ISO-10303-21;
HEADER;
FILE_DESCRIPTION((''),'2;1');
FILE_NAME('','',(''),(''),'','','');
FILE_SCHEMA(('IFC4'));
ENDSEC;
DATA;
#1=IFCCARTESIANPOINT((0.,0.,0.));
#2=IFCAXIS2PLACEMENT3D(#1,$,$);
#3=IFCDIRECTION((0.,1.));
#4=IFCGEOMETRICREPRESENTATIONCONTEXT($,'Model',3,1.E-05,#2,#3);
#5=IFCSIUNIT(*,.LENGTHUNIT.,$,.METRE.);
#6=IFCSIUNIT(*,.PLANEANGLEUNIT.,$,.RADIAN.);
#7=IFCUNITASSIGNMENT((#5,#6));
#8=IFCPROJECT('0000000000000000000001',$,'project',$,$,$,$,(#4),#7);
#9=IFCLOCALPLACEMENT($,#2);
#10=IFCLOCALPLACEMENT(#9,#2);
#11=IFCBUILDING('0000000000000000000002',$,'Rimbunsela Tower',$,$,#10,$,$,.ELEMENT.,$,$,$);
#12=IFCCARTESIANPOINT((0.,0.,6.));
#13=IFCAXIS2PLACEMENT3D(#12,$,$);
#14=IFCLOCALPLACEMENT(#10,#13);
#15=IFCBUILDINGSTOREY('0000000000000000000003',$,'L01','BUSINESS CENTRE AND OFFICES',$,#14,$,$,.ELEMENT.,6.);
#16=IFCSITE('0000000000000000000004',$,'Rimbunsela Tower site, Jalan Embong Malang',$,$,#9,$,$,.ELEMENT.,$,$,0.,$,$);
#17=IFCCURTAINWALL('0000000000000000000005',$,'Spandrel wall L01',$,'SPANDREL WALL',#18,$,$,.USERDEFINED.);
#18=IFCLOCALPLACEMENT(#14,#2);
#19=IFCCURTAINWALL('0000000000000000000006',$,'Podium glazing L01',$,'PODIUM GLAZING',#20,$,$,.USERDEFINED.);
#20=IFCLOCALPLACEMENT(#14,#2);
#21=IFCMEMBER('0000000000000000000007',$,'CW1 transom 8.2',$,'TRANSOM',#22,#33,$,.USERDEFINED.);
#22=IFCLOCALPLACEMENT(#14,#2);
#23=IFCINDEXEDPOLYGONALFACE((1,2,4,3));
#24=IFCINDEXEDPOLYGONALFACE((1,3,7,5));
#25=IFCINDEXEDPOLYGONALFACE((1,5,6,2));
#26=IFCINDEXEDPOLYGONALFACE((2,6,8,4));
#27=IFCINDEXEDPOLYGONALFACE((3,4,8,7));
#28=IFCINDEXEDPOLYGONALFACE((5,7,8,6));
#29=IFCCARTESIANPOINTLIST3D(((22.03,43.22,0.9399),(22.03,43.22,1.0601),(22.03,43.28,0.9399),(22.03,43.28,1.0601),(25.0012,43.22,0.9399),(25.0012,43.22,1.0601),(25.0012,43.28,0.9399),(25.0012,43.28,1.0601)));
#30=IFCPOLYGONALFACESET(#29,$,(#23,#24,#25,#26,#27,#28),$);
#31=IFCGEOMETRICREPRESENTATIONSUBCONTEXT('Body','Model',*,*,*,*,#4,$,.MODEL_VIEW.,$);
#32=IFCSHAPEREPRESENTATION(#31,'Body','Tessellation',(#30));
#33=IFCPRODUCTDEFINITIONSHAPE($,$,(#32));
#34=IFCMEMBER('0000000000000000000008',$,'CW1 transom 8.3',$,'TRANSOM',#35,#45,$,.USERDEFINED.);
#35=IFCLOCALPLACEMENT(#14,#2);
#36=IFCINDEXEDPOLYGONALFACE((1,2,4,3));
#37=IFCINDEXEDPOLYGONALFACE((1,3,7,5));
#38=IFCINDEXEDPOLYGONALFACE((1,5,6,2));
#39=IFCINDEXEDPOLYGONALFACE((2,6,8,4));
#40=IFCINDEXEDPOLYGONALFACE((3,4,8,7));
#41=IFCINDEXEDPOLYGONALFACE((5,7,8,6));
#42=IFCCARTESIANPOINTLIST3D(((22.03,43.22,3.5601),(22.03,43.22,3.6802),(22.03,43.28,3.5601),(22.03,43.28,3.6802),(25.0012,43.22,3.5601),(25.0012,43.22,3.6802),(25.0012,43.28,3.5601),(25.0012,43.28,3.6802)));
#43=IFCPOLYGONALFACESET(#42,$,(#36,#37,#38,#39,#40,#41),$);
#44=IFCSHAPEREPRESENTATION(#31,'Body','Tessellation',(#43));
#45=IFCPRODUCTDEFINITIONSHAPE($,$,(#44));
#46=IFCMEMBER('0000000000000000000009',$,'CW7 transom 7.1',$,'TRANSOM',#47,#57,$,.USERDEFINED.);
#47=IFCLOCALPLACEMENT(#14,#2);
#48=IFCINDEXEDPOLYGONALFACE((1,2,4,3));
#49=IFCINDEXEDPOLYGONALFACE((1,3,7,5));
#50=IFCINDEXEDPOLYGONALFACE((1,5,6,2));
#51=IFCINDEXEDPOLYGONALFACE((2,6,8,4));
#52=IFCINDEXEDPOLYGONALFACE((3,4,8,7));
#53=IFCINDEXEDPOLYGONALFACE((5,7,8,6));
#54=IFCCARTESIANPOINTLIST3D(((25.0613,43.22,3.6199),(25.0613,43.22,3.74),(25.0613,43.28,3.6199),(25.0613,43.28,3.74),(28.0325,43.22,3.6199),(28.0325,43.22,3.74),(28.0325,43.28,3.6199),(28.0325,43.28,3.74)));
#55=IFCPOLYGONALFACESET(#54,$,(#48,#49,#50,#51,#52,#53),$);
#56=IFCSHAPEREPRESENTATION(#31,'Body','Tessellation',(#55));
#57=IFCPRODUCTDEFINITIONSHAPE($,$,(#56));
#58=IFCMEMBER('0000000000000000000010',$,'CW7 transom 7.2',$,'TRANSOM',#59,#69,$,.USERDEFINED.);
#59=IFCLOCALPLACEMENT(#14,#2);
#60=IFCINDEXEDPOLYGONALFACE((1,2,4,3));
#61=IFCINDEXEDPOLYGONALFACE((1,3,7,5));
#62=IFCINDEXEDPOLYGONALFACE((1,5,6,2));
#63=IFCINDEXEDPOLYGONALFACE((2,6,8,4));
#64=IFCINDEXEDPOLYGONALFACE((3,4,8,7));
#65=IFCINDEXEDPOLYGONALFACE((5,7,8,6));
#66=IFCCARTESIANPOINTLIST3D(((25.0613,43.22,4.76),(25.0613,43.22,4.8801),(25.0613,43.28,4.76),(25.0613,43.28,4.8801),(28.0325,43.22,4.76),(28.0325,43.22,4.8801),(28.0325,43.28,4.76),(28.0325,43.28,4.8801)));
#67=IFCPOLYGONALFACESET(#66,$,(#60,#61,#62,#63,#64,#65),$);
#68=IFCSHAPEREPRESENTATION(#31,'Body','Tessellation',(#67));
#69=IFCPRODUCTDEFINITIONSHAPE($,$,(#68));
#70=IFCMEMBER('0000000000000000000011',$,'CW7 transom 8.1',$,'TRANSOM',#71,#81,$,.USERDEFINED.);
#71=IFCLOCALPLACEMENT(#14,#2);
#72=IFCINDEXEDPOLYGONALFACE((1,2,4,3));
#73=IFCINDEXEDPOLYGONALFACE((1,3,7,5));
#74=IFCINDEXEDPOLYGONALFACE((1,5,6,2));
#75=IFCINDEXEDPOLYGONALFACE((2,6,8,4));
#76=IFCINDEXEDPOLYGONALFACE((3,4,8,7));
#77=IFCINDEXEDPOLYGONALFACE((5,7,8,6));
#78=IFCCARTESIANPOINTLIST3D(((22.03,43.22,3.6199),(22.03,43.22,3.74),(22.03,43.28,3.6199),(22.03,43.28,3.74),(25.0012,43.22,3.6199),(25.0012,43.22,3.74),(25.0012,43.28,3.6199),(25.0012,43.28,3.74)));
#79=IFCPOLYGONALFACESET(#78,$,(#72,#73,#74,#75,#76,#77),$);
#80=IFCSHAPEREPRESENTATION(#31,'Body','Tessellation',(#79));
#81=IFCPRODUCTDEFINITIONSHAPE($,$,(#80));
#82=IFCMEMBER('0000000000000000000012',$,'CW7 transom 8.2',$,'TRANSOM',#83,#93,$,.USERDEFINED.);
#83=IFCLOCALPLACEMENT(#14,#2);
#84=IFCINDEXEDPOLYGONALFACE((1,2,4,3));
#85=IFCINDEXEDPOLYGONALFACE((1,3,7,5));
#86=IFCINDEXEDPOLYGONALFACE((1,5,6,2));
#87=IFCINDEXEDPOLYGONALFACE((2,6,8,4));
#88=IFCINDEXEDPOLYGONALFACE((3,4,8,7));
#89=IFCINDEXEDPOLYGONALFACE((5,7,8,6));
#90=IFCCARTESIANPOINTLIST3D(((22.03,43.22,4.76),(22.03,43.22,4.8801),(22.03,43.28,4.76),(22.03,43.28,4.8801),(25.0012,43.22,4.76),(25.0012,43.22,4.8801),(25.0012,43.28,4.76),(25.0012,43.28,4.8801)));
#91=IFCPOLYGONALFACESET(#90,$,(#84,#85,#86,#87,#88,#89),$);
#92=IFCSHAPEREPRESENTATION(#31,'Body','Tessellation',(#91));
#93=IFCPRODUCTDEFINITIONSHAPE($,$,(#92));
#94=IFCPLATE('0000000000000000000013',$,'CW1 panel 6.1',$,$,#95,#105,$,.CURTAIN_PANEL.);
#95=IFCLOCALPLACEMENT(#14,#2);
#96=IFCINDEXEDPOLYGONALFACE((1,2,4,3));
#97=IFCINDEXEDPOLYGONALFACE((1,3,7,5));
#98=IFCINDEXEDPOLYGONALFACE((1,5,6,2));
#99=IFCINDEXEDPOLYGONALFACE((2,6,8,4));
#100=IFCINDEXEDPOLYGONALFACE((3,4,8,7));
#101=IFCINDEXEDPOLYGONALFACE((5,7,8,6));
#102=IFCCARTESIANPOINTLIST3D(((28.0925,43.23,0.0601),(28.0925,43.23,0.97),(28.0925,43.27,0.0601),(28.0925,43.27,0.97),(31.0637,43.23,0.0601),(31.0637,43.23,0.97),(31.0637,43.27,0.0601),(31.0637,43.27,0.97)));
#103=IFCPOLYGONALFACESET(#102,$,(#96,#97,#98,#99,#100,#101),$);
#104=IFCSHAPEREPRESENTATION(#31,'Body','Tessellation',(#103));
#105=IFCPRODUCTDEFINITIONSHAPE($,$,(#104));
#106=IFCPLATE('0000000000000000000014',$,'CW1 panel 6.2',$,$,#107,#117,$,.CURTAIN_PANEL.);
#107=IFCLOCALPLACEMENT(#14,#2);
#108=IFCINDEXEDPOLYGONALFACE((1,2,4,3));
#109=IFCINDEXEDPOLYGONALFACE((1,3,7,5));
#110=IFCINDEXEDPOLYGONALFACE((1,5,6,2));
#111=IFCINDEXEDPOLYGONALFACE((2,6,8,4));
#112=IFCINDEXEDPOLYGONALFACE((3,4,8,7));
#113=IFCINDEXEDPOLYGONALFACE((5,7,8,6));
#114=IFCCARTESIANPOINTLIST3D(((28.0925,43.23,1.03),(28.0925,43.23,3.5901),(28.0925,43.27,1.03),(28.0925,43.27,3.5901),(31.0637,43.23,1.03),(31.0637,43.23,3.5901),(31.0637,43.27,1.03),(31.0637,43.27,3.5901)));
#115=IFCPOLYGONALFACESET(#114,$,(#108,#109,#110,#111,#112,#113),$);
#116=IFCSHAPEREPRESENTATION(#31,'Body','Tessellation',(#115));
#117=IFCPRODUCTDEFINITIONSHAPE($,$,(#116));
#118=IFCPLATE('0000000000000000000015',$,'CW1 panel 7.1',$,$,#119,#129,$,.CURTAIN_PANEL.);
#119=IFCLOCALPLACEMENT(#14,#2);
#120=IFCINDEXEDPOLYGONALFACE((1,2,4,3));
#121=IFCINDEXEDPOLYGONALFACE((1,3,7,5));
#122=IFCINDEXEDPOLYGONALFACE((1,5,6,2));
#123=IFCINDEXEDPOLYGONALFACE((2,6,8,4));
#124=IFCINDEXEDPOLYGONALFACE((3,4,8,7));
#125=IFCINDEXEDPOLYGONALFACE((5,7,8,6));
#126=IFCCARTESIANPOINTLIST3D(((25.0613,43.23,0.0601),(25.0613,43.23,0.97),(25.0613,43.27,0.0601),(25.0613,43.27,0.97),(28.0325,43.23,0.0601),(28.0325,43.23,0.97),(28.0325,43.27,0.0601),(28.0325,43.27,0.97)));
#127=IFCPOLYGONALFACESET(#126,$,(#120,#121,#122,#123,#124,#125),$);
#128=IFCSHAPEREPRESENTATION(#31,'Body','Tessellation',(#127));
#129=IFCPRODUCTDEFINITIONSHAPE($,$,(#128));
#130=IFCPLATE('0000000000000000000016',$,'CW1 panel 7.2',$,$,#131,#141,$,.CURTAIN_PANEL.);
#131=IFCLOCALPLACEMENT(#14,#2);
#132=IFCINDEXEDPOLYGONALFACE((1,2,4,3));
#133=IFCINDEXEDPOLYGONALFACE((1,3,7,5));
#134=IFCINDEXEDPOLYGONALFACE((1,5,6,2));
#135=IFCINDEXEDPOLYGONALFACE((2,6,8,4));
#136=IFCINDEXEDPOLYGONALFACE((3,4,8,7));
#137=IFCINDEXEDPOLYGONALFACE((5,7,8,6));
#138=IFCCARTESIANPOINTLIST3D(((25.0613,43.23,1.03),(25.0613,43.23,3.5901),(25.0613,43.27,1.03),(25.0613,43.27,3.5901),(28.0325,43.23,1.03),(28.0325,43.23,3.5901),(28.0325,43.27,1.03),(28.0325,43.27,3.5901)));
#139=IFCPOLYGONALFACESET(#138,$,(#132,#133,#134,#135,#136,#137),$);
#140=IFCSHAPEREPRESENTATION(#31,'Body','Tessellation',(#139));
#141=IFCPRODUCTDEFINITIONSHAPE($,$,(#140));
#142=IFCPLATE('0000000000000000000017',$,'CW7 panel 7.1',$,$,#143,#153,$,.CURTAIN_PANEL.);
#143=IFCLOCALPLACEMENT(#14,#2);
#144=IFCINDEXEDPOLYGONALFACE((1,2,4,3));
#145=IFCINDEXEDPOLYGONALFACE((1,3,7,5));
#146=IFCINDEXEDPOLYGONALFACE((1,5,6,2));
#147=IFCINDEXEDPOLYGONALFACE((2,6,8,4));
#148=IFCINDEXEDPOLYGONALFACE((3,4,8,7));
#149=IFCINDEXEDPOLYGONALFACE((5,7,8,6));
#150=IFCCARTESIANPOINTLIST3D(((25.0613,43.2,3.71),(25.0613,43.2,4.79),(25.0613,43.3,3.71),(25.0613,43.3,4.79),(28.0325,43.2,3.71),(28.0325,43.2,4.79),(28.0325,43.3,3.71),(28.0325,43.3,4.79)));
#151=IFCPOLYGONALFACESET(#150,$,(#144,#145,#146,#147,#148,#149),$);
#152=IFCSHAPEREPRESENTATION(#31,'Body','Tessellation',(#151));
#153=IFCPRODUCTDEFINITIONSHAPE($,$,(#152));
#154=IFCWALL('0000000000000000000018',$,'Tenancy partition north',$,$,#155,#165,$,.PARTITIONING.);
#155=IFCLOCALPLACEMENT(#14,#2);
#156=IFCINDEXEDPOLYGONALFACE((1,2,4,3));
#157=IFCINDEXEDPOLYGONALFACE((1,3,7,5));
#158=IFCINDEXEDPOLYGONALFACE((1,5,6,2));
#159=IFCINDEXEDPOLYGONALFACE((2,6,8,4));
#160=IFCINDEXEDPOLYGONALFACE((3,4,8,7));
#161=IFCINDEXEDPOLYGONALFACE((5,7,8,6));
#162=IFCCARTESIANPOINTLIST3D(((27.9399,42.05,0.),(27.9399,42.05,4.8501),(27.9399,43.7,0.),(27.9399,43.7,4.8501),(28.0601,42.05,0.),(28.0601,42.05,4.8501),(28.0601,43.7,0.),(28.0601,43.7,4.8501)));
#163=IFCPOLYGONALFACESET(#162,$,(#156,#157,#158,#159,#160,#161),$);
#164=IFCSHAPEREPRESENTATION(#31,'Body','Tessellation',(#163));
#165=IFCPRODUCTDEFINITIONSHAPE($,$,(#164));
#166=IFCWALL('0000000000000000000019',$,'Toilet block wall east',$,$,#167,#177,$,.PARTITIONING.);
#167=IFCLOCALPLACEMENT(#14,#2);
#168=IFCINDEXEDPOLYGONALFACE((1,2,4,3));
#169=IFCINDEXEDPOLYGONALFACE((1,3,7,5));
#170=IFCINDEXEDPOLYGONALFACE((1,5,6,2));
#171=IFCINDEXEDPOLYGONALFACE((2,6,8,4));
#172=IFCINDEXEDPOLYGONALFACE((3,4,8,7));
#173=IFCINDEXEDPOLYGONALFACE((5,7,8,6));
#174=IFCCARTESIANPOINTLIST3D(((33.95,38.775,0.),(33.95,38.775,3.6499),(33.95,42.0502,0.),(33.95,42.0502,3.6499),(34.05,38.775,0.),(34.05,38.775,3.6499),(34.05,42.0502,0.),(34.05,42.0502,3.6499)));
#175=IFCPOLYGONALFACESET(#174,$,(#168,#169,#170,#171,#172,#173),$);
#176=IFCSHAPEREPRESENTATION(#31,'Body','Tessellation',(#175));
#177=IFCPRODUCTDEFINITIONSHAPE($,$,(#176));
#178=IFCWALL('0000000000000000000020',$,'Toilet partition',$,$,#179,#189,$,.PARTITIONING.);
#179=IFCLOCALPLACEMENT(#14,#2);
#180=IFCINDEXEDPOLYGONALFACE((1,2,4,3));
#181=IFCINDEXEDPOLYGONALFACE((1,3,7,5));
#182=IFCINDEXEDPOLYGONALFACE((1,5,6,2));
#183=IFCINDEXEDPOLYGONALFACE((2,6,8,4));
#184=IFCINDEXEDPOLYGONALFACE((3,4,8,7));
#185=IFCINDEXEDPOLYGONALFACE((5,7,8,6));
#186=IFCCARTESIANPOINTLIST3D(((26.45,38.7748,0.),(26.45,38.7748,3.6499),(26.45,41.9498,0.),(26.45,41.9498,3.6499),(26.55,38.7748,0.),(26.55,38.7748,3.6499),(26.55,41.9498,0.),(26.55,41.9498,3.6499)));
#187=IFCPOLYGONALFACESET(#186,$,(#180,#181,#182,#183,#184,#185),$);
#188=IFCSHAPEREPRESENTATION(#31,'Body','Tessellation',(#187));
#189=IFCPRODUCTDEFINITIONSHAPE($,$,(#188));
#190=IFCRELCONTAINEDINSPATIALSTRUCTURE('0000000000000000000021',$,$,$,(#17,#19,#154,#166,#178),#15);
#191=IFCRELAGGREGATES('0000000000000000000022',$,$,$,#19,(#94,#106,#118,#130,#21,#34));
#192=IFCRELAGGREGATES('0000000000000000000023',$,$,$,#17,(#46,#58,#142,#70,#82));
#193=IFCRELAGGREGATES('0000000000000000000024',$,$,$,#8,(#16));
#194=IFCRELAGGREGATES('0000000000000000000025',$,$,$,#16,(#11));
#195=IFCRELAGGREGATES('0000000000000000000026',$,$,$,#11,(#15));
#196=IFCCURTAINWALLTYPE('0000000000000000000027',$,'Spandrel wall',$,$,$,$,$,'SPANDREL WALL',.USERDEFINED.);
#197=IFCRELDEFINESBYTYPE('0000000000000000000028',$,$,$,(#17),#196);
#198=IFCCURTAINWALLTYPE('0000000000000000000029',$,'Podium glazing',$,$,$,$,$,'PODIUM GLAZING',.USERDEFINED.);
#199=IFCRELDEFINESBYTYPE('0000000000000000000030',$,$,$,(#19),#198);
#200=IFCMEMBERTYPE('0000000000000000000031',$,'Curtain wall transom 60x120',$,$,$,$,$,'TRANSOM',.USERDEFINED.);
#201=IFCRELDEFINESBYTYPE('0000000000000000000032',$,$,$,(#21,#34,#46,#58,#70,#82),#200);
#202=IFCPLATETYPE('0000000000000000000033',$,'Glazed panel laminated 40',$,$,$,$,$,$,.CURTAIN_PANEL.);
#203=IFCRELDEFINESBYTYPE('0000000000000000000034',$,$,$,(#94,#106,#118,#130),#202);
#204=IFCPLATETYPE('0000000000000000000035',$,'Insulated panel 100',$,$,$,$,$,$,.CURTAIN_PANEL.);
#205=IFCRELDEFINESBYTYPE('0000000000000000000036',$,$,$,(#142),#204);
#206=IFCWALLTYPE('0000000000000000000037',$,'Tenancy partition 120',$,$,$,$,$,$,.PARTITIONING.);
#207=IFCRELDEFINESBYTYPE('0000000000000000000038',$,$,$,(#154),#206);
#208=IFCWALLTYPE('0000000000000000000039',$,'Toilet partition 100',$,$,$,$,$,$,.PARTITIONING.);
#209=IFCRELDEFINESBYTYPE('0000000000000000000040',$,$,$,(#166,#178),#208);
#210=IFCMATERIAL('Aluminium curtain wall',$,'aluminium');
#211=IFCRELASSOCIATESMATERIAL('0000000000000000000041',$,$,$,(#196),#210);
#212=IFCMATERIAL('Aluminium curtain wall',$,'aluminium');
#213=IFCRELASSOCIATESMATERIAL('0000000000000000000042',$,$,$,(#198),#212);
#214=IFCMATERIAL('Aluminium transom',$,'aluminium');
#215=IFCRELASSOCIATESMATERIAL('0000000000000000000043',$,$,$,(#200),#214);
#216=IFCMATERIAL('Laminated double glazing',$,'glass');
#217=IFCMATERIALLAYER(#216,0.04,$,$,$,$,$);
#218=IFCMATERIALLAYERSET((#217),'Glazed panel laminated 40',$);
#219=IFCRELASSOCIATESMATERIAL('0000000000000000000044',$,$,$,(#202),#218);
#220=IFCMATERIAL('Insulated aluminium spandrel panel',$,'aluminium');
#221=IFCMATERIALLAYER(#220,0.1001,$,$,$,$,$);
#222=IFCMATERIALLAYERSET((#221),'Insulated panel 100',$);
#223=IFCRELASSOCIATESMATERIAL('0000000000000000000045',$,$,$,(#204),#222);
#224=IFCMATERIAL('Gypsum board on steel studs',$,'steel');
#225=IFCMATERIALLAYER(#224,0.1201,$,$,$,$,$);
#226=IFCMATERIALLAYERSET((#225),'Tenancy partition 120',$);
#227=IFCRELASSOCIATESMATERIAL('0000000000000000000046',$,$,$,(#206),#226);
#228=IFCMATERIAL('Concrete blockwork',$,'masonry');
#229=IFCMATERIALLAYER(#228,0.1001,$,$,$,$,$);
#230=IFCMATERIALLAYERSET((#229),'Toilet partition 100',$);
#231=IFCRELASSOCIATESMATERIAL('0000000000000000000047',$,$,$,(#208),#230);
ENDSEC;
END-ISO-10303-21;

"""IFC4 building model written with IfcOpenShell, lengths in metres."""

from ifc_helpers import new_model, si_unit, direction, frame, frame_2d, origin, origin_2d, place, context, subcontext, project, spatial, rectangle, extrude, material, layer, layer_set, material_profile, profile_set, type_object, element, aggregate, save


model = new_model("IFC4")

# Units and contexts
model_context = context("Model", 3, precision=1e-05, world=origin(), true_north=direction((0.0, 1.0)))
body_context = subcontext(model_context, "Body", "Model", "MODEL_VIEW")
ifc_project = project(units=[si_unit("LENGTHUNIT", "METRE"), si_unit("PLANEANGLEUNIT", "RADIAN")], contexts=[model_context])

# Site, building, storey
site_placement = place(None, origin())
site = spatial("IfcSite", under=ifc_project, at=site_placement, Name="Rimbunsela Tower site, Jalan Embong Malang", CompositionType="ELEMENT", RefElevation=0.0)
building_placement = place(site_placement, origin())
building = spatial("IfcBuilding", under=site, at=building_placement, Name="Rimbunsela Tower", CompositionType="ELEMENT")
storey_placement = place(building_placement, frame((0.0, 0.0, 6.0)))
storey = spatial("IfcBuildingStorey", under=building, at=storey_placement, Name="L01", Description="BUSINESS CENTRE AND OFFICES", CompositionType="ELEMENT", Elevation=6.0)

# Curtain walls, members
ifc_material_1 = material(Name="Aluminium curtain wall", Category="aluminium")
curtain_wall_type_1 = type_object("IfcCurtainWallType", Name="Spandrel wall", ElementType="SPANDREL WALL", PredefinedType="USERDEFINED", material=ifc_material_1)
curtain_wall_1_placement = place(storey_placement, origin())
curtain_wall_1 = element("IfcCurtainWall", 1, at=curtain_wall_1_placement, inside=storey, type_object=curtain_wall_type_1, Name="Spandrel wall L01", ObjectType="SPANDREL WALL", PredefinedType="USERDEFINED")
ifc_material_2 = material(Name="Aluminium curtain wall", Category="aluminium")
curtain_wall_type_2 = type_object("IfcCurtainWallType", Name="Podium glazing", ElementType="PODIUM GLAZING", PredefinedType="USERDEFINED", material=ifc_material_2)
curtain_wall_2_placement = place(storey_placement, origin())
curtain_wall_2 = element("IfcCurtainWall", 2, at=curtain_wall_2_placement, inside=storey, type_object=curtain_wall_type_2, Name="Podium glazing L01", ObjectType="PODIUM GLAZING", PredefinedType="USERDEFINED")
ifc_material_3 = material(Name="Aluminium transom", Category="aluminium")
ifc_material_profile_1 = material_profile(ifc_material_3, rectangle(XDim=0.0601, YDim=0.1201, at=origin_2d()), Name="Transom 60x120")
ifc_profile_set_1 = profile_set([ifc_material_profile_1], Name="Aluminium transom")
member_type_1 = type_object("IfcMemberType", Name="Curtain wall transom 60x120", ElementType="TRANSOM", PredefinedType="USERDEFINED", material=ifc_profile_set_1)
member_1_placement = place(storey_placement, frame((25.0012, 43.25, 1.0), z_axis=(-1.0, 0.0, 0.0), x_axis=(0.0, -1.0, 0.0)))
member_1 = element("IfcMember", 3, at=member_1_placement, type_object=member_type_1, Name="CW1 transom 8.2", ObjectType="TRANSOM", PredefinedType="USERDEFINED", context=body_context, shape_type="SweptSolid", body=[
    extrude(rectangle(XDim=0.0601, YDim=0.1201, at=origin_2d()), origin(), (0.0, 0.0, 1.0), 2.9712),
])
member_2_placement = place(storey_placement, frame((25.0012, 43.25, 3.6201), z_axis=(-1.0, 0.0, 0.0), x_axis=(0.0, -1.0, 0.0)))
member_2 = element("IfcMember", 4, at=member_2_placement, type_object=member_type_1, Name="CW1 transom 8.3", ObjectType="TRANSOM", PredefinedType="USERDEFINED", context=body_context, shape_type="SweptSolid", body=[
    extrude(rectangle(XDim=0.0601, YDim=0.1201, at=origin_2d()), origin(), (0.0, 0.0, 1.0), 2.9712),
])

# Members
member_3_placement = place(storey_placement, frame((28.0325, 43.25, 3.6799), z_axis=(-1.0, 0.0, 0.0), x_axis=(0.0, -1.0, 0.0)))
member_3 = element("IfcMember", 5, at=member_3_placement, type_object=member_type_1, Name="CW7 transom 7.1", ObjectType="TRANSOM", PredefinedType="USERDEFINED", context=body_context, shape_type="SweptSolid", body=[
    extrude(rectangle(XDim=0.0601, YDim=0.1201, at=origin_2d()), origin(), (0.0, 0.0, 1.0), 2.9712),
])
member_4_placement = place(storey_placement, frame((28.0325, 43.25, 4.8201), z_axis=(-1.0, 0.0, 0.0), x_axis=(0.0, -1.0, 0.0)))
member_4 = element("IfcMember", 6, at=member_4_placement, type_object=member_type_1, Name="CW7 transom 7.2", ObjectType="TRANSOM", PredefinedType="USERDEFINED", context=body_context, shape_type="SweptSolid", body=[
    extrude(rectangle(XDim=0.0601, YDim=0.1201, at=origin_2d()), origin(), (0.0, 0.0, 1.0), 2.9712),
])
member_5_placement = place(storey_placement, frame((25.0012, 43.25, 3.6799), z_axis=(-1.0, 0.0, 0.0), x_axis=(0.0, -1.0, 0.0)))
member_5 = element("IfcMember", 7, at=member_5_placement, type_object=member_type_1, Name="CW7 transom 8.1", ObjectType="TRANSOM", PredefinedType="USERDEFINED", context=body_context, shape_type="SweptSolid", body=[
    extrude(rectangle(XDim=0.0601, YDim=0.1201, at=origin_2d()), origin(), (0.0, 0.0, 1.0), 2.9712),
])
member_6_placement = place(storey_placement, frame((25.0012, 43.25, 4.8201), z_axis=(-1.0, 0.0, 0.0), x_axis=(0.0, -1.0, 0.0)))
member_6 = element("IfcMember", 8, at=member_6_placement, type_object=member_type_1, Name="CW7 transom 8.2", ObjectType="TRANSOM", PredefinedType="USERDEFINED", context=body_context, shape_type="SweptSolid", body=[
    extrude(rectangle(XDim=0.0601, YDim=0.1201, at=origin_2d()), origin(), (0.0, 0.0, 1.0), 2.9712),
])

# Plates
ifc_material_4 = material(Name="Laminated double glazing", Category="glass")
ifc_layer_1 = layer(ifc_material_4, 0.04)
ifc_layer_set_1 = layer_set([ifc_layer_1], Name="Glazed panel laminated 40")
plate_type_1 = type_object("IfcPlateType", Name="Glazed panel laminated 40", PredefinedType="CURTAIN_PANEL", material=ifc_layer_set_1)
plate_1_placement = place(storey_placement, frame((29.5781, 43.25, 0.0601), z_axis=(0.0, 0.0, 1.0), x_axis=(-1.0, 0.0, 0.0)))
plate_1 = element("IfcPlate", 9, at=plate_1_placement, type_object=plate_type_1, Name="CW1 panel 6.1", PredefinedType="CURTAIN_PANEL", context=body_context, shape_type="SweptSolid", body=[
    extrude(rectangle(XDim=2.9712, YDim=0.04, at=origin_2d()), origin(), (0.0, 0.0, 1.0), 0.9099),
])
plate_2_placement = place(storey_placement, frame((29.5781, 43.25, 1.03), z_axis=(0.0, 0.0, 1.0), x_axis=(-1.0, 0.0, 0.0)))
plate_2 = element("IfcPlate", 10, at=plate_2_placement, type_object=plate_type_1, Name="CW1 panel 6.2", PredefinedType="CURTAIN_PANEL", context=body_context, shape_type="SweptSolid", body=[
    extrude(rectangle(XDim=2.9712, YDim=0.04, at=origin_2d()), origin(), (0.0, 0.0, 1.0), 2.5601),
])
plate_3_placement = place(storey_placement, frame((26.5469, 43.25, 0.0601), z_axis=(0.0, 0.0, 1.0), x_axis=(-1.0, 0.0, 0.0)))
plate_3 = element("IfcPlate", 11, at=plate_3_placement, type_object=plate_type_1, Name="CW1 panel 7.1", PredefinedType="CURTAIN_PANEL", context=body_context, shape_type="SweptSolid", body=[
    extrude(rectangle(XDim=2.9712, YDim=0.04, at=origin_2d()), origin(), (0.0, 0.0, 1.0), 0.9099),
])
plate_4_placement = place(storey_placement, frame((26.5469, 43.25, 1.03), z_axis=(0.0, 0.0, 1.0), x_axis=(-1.0, 0.0, 0.0)))
plate_4 = element("IfcPlate", 12, at=plate_4_placement, type_object=plate_type_1, Name="CW1 panel 7.2", PredefinedType="CURTAIN_PANEL", context=body_context, shape_type="SweptSolid", body=[
    extrude(rectangle(XDim=2.9712, YDim=0.04, at=origin_2d()), origin(), (0.0, 0.0, 1.0), 2.5601),
])
aggregate(curtain_wall_2, [plate_1, plate_2, plate_3, plate_4, member_1, member_2])
ifc_material_5 = material(Name="Insulated aluminium spandrel panel", Category="aluminium")
ifc_layer_2 = layer(ifc_material_5, 0.1001)
ifc_layer_set_2 = layer_set([ifc_layer_2], Name="Insulated panel 100")
plate_type_2 = type_object("IfcPlateType", Name="Insulated panel 100", PredefinedType="CURTAIN_PANEL", material=ifc_layer_set_2)
plate_5_placement = place(storey_placement, frame((26.5469, 43.25, 3.71), z_axis=(0.0, 0.0, 1.0), x_axis=(-1.0, 0.0, 0.0)))
plate_5 = element("IfcPlate", 13, at=plate_5_placement, type_object=plate_type_2, Name="CW7 panel 7.1", PredefinedType="CURTAIN_PANEL", context=body_context, shape_type="SweptSolid", body=[
    extrude(rectangle(XDim=2.9712, YDim=0.1001, at=origin_2d()), origin(), (0.0, 0.0, 1.0), 1.0801),
])
aggregate(curtain_wall_1, [member_3, member_4, plate_5, member_5, member_6])

# Walls
ifc_material_6 = material(Name="Gypsum board on steel studs", Category="steel")
ifc_layer_3 = layer(ifc_material_6, 0.1201)
ifc_layer_set_3 = layer_set([ifc_layer_3], Name="Tenancy partition 120")
wall_type_1 = type_object("IfcWallType", Name="Tenancy partition 120", PredefinedType="PARTITIONING", material=ifc_layer_set_3)
wall_1_placement = place(storey_placement, frame((28.0, 42.05, 0.0), z_axis=(0.0, 0.0, 1.0), x_axis=(0.0, 1.0, 0.0)))
element("IfcWall", 14, at=wall_1_placement, inside=storey, type_object=wall_type_1, Name="Tenancy partition north", PredefinedType="PARTITIONING", context=body_context, shape_type="SweptSolid", body=[
    extrude(rectangle(XDim=1.6499, YDim=0.1201, at=frame_2d((0.825, 0.0))), origin(), (0.0, 0.0, 1.0), 4.8501),
])
ifc_material_7 = material(Name="Concrete blockwork", Category="masonry")
ifc_layer_4 = layer(ifc_material_7, 0.1001)
ifc_layer_set_4 = layer_set([ifc_layer_4], Name="Toilet partition 100")
wall_type_2 = type_object("IfcWallType", Name="Toilet partition 100", PredefinedType="PARTITIONING", material=ifc_layer_set_4)
wall_2_placement = place(storey_placement, frame((34.0, 38.7749, 0.0), z_axis=(0.0, 0.0, 1.0), x_axis=(0.0, 1.0, 0.0)))
element("IfcWall", 15, at=wall_2_placement, inside=storey, type_object=wall_type_2, Name="Toilet block wall east", PredefinedType="PARTITIONING", context=body_context, shape_type="SweptSolid", body=[
    extrude(rectangle(XDim=3.2751, YDim=0.1001, at=frame_2d((1.6377, 0.0))), origin(), (0.0, 0.0, 1.0), 3.6499),
])
for number, where, z_axis, x_axis, name in (
    (16, (26.5, 38.7749, 0.0), (0.0, 0.0, 1.0), (0.0, 1.0, 0.0), "Toilet partition"),
):
    element("IfcWall", number, at=place(storey_placement, frame(where, z_axis=z_axis, x_axis=x_axis)), inside=storey, type_object=wall_type_2, Name=name, PredefinedType="PARTITIONING", context=body_context, shape_type="SweptSolid", body=[
        extrude(rectangle(XDim=3.175, YDim=0.1001, at=frame_2d((1.5874, 0.0))), origin(), (0.0, 0.0, 1.0), 3.6499),
    ])

save(model, "model.ifc")
